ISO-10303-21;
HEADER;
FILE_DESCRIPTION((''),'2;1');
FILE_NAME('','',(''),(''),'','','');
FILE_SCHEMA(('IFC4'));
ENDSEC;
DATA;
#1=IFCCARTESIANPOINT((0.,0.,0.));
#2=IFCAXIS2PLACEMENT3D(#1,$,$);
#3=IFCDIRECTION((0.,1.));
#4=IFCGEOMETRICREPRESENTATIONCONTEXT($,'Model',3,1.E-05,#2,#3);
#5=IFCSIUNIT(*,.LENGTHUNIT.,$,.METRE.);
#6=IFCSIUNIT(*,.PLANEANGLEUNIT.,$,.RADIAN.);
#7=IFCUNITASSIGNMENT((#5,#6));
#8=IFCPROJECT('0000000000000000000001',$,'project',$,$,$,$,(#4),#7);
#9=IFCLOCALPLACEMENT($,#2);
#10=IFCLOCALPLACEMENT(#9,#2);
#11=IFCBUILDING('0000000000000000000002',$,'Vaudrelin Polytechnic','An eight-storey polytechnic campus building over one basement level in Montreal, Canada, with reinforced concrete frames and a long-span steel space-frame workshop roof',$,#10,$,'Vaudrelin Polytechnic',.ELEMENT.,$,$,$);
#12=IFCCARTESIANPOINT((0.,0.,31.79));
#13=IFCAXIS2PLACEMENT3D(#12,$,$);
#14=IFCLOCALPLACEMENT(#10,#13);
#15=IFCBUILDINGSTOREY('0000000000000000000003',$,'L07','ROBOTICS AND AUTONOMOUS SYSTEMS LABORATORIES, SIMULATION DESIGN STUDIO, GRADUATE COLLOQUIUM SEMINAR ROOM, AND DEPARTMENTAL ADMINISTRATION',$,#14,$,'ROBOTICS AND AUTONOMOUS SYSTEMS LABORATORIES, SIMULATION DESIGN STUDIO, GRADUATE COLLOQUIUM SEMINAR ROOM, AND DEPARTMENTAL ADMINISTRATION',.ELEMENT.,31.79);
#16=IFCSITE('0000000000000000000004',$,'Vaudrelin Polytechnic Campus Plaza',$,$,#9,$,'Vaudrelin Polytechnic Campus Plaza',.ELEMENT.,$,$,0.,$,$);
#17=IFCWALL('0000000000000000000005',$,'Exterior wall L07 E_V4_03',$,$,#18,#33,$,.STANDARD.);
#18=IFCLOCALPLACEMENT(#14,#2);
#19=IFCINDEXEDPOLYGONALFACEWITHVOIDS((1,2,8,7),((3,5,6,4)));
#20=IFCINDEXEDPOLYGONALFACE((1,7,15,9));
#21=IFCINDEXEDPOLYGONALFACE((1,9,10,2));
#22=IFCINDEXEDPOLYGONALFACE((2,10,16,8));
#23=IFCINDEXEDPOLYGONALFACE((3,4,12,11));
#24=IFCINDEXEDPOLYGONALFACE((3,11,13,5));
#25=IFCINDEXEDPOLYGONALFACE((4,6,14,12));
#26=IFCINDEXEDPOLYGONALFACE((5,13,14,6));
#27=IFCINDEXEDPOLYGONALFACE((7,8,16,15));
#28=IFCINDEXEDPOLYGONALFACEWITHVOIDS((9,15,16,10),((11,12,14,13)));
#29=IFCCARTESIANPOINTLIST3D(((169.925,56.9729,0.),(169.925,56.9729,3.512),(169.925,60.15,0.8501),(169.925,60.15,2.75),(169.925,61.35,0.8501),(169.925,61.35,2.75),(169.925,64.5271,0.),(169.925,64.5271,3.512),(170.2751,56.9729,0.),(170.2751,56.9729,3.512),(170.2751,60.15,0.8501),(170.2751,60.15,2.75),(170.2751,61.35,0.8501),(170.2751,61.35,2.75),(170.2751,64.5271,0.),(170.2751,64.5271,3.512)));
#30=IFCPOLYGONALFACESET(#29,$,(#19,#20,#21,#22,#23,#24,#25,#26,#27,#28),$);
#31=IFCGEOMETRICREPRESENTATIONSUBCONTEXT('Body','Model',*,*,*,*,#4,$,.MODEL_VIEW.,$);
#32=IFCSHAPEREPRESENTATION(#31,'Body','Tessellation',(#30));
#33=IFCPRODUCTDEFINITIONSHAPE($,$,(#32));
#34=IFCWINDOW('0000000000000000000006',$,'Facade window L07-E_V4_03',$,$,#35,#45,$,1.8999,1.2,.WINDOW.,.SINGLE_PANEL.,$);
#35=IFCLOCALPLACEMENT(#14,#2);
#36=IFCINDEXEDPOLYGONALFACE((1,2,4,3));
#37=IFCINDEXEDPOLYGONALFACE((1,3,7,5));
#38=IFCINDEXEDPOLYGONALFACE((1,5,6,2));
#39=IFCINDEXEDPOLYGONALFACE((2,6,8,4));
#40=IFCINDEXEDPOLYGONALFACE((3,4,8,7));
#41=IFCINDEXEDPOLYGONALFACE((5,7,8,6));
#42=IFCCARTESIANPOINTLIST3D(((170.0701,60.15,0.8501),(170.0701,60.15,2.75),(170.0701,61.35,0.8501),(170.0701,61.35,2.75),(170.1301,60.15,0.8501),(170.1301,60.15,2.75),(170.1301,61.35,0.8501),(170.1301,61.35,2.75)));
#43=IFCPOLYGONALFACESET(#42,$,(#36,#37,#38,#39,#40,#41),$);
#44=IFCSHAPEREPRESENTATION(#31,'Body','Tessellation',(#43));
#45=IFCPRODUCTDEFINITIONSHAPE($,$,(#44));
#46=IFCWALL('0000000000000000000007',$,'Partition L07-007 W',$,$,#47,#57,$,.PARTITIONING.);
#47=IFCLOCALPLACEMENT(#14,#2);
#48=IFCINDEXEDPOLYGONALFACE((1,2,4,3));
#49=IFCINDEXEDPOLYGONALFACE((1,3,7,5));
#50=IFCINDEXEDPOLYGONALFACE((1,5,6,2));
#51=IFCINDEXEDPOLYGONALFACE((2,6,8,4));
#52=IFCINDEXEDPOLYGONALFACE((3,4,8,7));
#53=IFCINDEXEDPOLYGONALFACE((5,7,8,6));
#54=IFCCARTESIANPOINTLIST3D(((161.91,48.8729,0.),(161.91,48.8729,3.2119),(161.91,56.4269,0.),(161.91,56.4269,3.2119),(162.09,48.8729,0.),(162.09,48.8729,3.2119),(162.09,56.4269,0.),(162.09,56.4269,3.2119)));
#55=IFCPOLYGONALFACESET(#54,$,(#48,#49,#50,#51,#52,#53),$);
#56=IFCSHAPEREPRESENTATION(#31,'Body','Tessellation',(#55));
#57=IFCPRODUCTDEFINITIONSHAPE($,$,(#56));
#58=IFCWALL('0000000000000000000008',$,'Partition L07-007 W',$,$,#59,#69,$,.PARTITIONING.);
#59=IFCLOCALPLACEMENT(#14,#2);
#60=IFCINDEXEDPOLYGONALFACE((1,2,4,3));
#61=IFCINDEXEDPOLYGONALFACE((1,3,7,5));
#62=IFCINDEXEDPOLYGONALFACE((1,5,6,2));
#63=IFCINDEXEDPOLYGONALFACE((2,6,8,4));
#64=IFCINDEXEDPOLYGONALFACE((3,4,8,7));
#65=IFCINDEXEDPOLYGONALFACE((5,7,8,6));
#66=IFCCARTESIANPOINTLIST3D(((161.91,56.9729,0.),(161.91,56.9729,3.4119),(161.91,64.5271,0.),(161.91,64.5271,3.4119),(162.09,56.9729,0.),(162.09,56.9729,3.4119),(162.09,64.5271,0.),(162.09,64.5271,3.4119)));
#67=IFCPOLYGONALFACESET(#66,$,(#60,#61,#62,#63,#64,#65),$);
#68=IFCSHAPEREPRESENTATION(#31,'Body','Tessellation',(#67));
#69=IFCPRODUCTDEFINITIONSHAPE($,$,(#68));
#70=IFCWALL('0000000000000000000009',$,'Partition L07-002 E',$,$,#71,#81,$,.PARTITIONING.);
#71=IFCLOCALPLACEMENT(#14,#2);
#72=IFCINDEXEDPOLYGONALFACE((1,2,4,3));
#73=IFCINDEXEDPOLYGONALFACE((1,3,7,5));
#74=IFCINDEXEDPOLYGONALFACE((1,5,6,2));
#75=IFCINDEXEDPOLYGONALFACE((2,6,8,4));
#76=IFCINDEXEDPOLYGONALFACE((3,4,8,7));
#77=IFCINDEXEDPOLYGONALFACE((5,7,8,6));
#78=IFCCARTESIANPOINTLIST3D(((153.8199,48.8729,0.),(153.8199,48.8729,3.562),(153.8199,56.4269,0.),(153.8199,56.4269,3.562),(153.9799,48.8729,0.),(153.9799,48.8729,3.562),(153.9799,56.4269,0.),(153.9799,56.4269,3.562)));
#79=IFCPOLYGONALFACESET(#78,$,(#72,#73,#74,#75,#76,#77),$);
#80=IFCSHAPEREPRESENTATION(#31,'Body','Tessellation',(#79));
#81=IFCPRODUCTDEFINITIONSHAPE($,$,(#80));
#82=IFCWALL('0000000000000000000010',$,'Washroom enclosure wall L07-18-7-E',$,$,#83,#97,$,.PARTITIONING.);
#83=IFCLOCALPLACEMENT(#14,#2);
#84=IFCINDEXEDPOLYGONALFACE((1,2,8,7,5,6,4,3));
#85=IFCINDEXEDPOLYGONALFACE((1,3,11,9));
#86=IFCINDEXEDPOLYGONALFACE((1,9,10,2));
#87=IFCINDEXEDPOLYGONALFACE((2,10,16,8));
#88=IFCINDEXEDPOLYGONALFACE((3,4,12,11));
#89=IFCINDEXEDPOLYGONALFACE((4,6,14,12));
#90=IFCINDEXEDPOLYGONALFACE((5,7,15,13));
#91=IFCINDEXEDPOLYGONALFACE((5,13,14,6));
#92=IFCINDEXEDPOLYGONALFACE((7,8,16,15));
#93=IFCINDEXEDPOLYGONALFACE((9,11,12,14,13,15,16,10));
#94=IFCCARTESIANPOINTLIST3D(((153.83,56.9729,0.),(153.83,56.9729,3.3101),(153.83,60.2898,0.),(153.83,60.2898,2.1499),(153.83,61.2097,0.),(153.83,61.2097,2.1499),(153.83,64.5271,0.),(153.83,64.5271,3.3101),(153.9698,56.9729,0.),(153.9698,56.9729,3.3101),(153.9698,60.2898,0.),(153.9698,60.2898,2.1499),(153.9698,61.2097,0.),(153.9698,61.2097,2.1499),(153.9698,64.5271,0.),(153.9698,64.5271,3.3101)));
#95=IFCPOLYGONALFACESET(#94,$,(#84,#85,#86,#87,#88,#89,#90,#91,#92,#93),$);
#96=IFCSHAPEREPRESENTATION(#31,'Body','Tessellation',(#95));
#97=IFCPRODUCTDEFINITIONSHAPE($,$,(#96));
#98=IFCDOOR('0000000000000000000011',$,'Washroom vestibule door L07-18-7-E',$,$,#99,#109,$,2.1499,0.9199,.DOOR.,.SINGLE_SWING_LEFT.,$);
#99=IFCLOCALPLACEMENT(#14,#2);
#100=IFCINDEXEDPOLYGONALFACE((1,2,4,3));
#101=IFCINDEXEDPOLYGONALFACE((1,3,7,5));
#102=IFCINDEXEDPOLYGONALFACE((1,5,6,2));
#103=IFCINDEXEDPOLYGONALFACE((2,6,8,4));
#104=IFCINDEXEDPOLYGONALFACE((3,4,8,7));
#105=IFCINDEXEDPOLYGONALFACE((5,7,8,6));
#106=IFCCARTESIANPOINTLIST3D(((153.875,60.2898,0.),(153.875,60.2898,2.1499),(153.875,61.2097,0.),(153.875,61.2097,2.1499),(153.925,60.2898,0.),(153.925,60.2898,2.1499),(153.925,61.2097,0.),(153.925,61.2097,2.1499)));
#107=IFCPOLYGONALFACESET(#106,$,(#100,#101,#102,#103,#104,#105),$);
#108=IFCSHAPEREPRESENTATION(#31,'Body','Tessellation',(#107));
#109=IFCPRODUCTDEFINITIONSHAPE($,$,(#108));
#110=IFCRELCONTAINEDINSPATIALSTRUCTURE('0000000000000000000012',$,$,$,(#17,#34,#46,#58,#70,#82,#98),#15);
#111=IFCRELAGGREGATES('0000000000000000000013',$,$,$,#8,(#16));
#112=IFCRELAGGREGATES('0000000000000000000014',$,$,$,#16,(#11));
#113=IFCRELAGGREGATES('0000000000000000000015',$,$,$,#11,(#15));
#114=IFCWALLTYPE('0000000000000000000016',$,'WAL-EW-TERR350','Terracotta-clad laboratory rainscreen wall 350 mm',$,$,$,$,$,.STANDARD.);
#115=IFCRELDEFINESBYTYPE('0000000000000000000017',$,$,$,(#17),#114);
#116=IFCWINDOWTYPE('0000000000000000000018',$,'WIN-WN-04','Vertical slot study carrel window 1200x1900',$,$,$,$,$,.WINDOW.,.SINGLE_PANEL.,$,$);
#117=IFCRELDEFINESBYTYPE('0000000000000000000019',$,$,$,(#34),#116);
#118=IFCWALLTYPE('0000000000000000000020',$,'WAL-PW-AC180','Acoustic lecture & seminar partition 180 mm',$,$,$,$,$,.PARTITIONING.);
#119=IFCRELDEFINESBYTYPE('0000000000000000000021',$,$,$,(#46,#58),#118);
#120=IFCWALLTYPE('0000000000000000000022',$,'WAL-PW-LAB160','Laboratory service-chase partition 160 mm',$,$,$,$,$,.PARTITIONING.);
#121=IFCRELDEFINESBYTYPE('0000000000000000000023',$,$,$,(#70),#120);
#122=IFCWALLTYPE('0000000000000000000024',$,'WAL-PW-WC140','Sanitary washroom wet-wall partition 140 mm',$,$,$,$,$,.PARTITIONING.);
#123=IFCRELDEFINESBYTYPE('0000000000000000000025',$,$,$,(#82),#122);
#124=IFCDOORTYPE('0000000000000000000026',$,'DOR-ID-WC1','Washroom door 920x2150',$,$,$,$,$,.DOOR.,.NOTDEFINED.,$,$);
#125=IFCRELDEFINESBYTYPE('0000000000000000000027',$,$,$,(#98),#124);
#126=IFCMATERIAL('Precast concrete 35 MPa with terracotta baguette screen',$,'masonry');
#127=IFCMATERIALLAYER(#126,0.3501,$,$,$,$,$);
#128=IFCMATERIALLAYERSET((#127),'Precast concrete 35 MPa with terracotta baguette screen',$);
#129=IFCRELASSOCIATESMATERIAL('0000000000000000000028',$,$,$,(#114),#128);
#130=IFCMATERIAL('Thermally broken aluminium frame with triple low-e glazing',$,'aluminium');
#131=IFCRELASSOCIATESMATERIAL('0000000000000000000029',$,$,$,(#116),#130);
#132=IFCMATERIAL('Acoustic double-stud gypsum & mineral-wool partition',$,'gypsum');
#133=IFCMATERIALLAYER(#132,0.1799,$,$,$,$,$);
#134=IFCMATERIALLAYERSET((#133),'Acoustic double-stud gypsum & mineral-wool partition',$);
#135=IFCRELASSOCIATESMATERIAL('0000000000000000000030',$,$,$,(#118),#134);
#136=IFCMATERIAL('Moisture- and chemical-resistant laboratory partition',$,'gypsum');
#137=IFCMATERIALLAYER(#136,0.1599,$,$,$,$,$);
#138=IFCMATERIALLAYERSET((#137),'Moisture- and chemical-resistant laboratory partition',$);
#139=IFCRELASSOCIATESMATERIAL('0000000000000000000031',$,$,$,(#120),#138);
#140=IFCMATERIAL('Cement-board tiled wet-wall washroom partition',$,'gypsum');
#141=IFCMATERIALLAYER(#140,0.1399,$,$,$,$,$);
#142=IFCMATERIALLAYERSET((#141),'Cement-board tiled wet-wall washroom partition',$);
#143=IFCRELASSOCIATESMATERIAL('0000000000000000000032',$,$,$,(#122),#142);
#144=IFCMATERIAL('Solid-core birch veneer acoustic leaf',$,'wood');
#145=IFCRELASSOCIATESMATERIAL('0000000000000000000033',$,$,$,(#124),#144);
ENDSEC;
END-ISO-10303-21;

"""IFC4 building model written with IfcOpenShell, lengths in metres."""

from ifc_helpers import new_model, si_unit, direction, frame, frame_2d, origin, place, context, subcontext, project, spatial, rectangle, extrude, material, layer, layer_set, type_object, element, fill, save


model = new_model("IFC4")

# Units and contexts
model_context = context("Model", 3, precision=1e-05, world=origin(), true_north=direction((0.0, 1.0)))
body_context = subcontext(model_context, "Body", "Model", "MODEL_VIEW")
ifc_project = project(units=[si_unit("LENGTHUNIT", "METRE"), si_unit("PLANEANGLEUNIT", "RADIAN")], contexts=[model_context])

# Site, building, storey
site_placement = place(None, origin())
site = spatial("IfcSite", under=ifc_project, at=site_placement, Name="Vaudrelin Polytechnic Campus Plaza", LongName="Vaudrelin Polytechnic Campus Plaza", CompositionType="ELEMENT", RefElevation=0.0)
building_placement = place(site_placement, origin())
building = spatial("IfcBuilding", under=site, at=building_placement, Name="Vaudrelin Polytechnic", Description="An eight-storey polytechnic campus building over one basement level in Montreal, Canada, with reinforced concrete frames and a long-span steel space-frame workshop roof", LongName="Vaudrelin Polytechnic", CompositionType="ELEMENT")
storey_placement = place(building_placement, frame((0.0, 0.0, 31.79)))
storey = spatial("IfcBuildingStorey", under=building, at=storey_placement, Name="L07", Description="ROBOTICS AND AUTONOMOUS SYSTEMS LABORATORIES, SIMULATION DESIGN STUDIO, GRADUATE COLLOQUIUM SEMINAR ROOM, AND DEPARTMENTAL ADMINISTRATION", LongName="ROBOTICS AND AUTONOMOUS SYSTEMS LABORATORIES, SIMULATION DESIGN STUDIO, GRADUATE COLLOQUIUM SEMINAR ROOM, AND DEPARTMENTAL ADMINISTRATION", CompositionType="ELEMENT", Elevation=31.79)

# Wall, opening, window
ifc_material_1 = material(Name="Precast concrete 35 MPa with terracotta baguette screen", Category="masonry")
ifc_layer_1 = layer(ifc_material_1, 0.3501)
ifc_layer_set_1 = layer_set([ifc_layer_1], Name="Precast concrete 35 MPa with terracotta baguette screen")
wall_type_1 = type_object("IfcWallType", Name="WAL-EW-TERR350", Description="Terracotta-clad laboratory rainscreen wall 350 mm", PredefinedType="STANDARD", material=ifc_layer_set_1)
ifc_material_2 = material(Name="Thermally broken aluminium frame with triple low-e glazing", Category="aluminium")
wall_1_placement = place(storey_placement, frame((170.1001, 56.9729, 0.0), z_axis=(0.0, 0.0, 1.0), x_axis=(0.0, 1.0, 0.0)))
wall_1 = element("IfcWall", 1, at=wall_1_placement, inside=storey, type_object=wall_type_1, Name="Exterior wall L07 E_V4_03", PredefinedType="STANDARD", context=body_context, shape_type="SweptSolid", body=[
    extrude(rectangle(XDim=7.5542, YDim=0.3501, at=frame_2d((3.7771, 0.0))), origin(), (0.0, 0.0, 1.0), 3.512),
])
opening_1_placement = place(wall_1_placement, frame((3.177, 0.0, 0.8501)))
opening_1 = element("IfcOpeningElement", 2, at=opening_1_placement, cuts=wall_1, PredefinedType="OPENING", context=body_context, shape_type="SweptSolid", body=[
    extrude(rectangle(XDim=1.2, YDim=1.8999, at=frame_2d((0.6001, 0.95))), frame((0.0, 0.1851, 0.0), z_axis=(0.0, -1.0, 0.0), x_axis=(1.0, 0.0, 0.0)), (0.0, 0.0, 1.0), 0.3701),
])
window_type_1 = type_object("IfcWindowType", Name="WIN-WN-04", Description="Vertical slot study carrel window 1200x1900", PartitioningType="SINGLE_PANEL", PredefinedType="WINDOW", material=ifc_material_2)
window_1_placement = place(opening_1_placement, origin())
window_1 = element("IfcWindow", 3, at=window_1_placement, inside=storey, type_object=window_type_1, Name="Facade window L07-E_V4_03", OverallHeight=1.8999, OverallWidth=1.2, PartitioningType="SINGLE_PANEL", PredefinedType="WINDOW", context=body_context, shape_type="SweptSolid", body=[
    extrude(rectangle(XDim=1.2, YDim=1.8999, at=frame_2d((0.6001, 0.95))), frame((0.0, 0.03, 0.0), z_axis=(0.0, -1.0, 0.0), x_axis=(1.0, 0.0, 0.0)), (0.0, 0.0, 1.0), 0.0601),
])
fill(opening_1, window_1)

# Walls
ifc_material_3 = material(Name="Acoustic double-stud gypsum & mineral-wool partition", Category="gypsum")
ifc_layer_2 = layer(ifc_material_3, 0.1799)
ifc_layer_set_2 = layer_set([ifc_layer_2], Name="Acoustic double-stud gypsum & mineral-wool partition")
wall_type_2 = type_object("IfcWallType", Name="WAL-PW-AC180", Description="Acoustic lecture & seminar partition 180 mm", PredefinedType="PARTITIONING", material=ifc_layer_set_2)
wall_2_placement = place(storey_placement, frame((162.0, 48.873, 0.0), z_axis=(0.0, 0.0, 1.0), x_axis=(0.0, 1.0, 0.0)))
element("IfcWall", 4, at=wall_2_placement, inside=storey, type_object=wall_type_2, Name="Partition L07-007 W", PredefinedType="PARTITIONING", context=body_context, shape_type="SweptSolid", body=[
    extrude(rectangle(XDim=7.554, YDim=0.1799, at=frame_2d((3.7769, 0.0))), origin(), (0.0, 0.0, 1.0), 3.2119),
])
wall_3_placement = place(storey_placement, frame((162.0, 56.9729, 0.0), z_axis=(0.0, 0.0, 1.0), x_axis=(0.0, 1.0, 0.0)))
element("IfcWall", 5, at=wall_3_placement, inside=storey, type_object=wall_type_2, Name="Partition L07-007 W", PredefinedType="PARTITIONING", context=body_context, shape_type="SweptSolid", body=[
    extrude(rectangle(XDim=7.5542, YDim=0.1799, at=frame_2d((3.7771, 0.0))), origin(), (0.0, 0.0, 1.0), 3.4119),
])
ifc_material_4 = material(Name="Moisture- and chemical-resistant laboratory partition", Category="gypsum")
ifc_layer_3 = layer(ifc_material_4, 0.1599)
ifc_layer_set_3 = layer_set([ifc_layer_3], Name="Moisture- and chemical-resistant laboratory partition")
wall_type_3 = type_object("IfcWallType", Name="WAL-PW-LAB160", Description="Laboratory service-chase partition 160 mm", PredefinedType="PARTITIONING", material=ifc_layer_set_3)
wall_4_placement = place(storey_placement, frame((153.8999, 48.873, 0.0), z_axis=(0.0, 0.0, 1.0), x_axis=(0.0, 1.0, 0.0)))
element("IfcWall", 6, at=wall_4_placement, inside=storey, type_object=wall_type_3, Name="Partition L07-002 E", PredefinedType="PARTITIONING", context=body_context, shape_type="SweptSolid", body=[
    extrude(rectangle(XDim=7.554, YDim=0.1599, at=frame_2d((3.7769, 0.0))), origin(), (0.0, 0.0, 1.0), 3.562),
])

# Wall, opening, door
ifc_material_5 = material(Name="Cement-board tiled wet-wall washroom partition", Category="gypsum")
ifc_layer_4 = layer(ifc_material_5, 0.1399)
ifc_layer_set_4 = layer_set([ifc_layer_4], Name="Cement-board tiled wet-wall washroom partition")
wall_type_4 = type_object("IfcWallType", Name="WAL-PW-WC140", Description="Sanitary washroom wet-wall partition 140 mm", PredefinedType="PARTITIONING", material=ifc_layer_set_4)
wall_5_placement = place(storey_placement, frame((153.8999, 56.9729, 0.0), z_axis=(0.0, 0.0, 1.0), x_axis=(0.0, 1.0, 0.0)))
wall_5 = element("IfcWall", 7, at=wall_5_placement, inside=storey, type_object=wall_type_4, Name="Washroom enclosure wall L07-18-7-E", PredefinedType="PARTITIONING", context=body_context, shape_type="SweptSolid", body=[
    extrude(rectangle(XDim=7.5542, YDim=0.1399, at=frame_2d((3.7771, 0.0))), origin(), (0.0, 0.0, 1.0), 3.3101),
])
opening_2_placement = place(wall_5_placement, frame((3.3169, 0.0, 0.0)))
opening_2 = element("IfcOpeningElement", 8, at=opening_2_placement, cuts=wall_5, PredefinedType="OPENING", context=body_context, shape_type="SweptSolid", body=[
    extrude(rectangle(XDim=0.9199, YDim=2.1499, at=frame_2d((0.46, 1.075))), frame((0.0, 0.0801, 0.0), z_axis=(0.0, -1.0, 0.0), x_axis=(1.0, 0.0, 0.0)), (0.0, 0.0, 1.0), 0.1599),
])
ifc_material_6 = material(Name="Solid-core birch veneer acoustic leaf", Category="wood")
door_type = type_object("IfcDoorType", Name="DOR-ID-WC1", Description="Washroom door 920x2150", OperationType="NOTDEFINED", PredefinedType="DOOR", material=ifc_material_6)
door_placement = place(opening_2_placement, origin())
door = element("IfcDoor", 9, at=door_placement, inside=storey, type_object=door_type, Name="Washroom vestibule door L07-18-7-E", OperationType="SINGLE_SWING_LEFT", OverallHeight=2.1499, OverallWidth=0.9199, PredefinedType="DOOR", context=body_context, shape_type="SweptSolid", body=[
    extrude(rectangle(XDim=0.9199, YDim=2.1499, at=frame_2d((0.46, 1.075))), frame((0.0, 0.0249, 0.0), z_axis=(0.0, -1.0, 0.0), x_axis=(1.0, 0.0, 0.0)), (0.0, 0.0, 1.0), 0.05),
])
fill(opening_2, door)

save(model, "model.ifc")
